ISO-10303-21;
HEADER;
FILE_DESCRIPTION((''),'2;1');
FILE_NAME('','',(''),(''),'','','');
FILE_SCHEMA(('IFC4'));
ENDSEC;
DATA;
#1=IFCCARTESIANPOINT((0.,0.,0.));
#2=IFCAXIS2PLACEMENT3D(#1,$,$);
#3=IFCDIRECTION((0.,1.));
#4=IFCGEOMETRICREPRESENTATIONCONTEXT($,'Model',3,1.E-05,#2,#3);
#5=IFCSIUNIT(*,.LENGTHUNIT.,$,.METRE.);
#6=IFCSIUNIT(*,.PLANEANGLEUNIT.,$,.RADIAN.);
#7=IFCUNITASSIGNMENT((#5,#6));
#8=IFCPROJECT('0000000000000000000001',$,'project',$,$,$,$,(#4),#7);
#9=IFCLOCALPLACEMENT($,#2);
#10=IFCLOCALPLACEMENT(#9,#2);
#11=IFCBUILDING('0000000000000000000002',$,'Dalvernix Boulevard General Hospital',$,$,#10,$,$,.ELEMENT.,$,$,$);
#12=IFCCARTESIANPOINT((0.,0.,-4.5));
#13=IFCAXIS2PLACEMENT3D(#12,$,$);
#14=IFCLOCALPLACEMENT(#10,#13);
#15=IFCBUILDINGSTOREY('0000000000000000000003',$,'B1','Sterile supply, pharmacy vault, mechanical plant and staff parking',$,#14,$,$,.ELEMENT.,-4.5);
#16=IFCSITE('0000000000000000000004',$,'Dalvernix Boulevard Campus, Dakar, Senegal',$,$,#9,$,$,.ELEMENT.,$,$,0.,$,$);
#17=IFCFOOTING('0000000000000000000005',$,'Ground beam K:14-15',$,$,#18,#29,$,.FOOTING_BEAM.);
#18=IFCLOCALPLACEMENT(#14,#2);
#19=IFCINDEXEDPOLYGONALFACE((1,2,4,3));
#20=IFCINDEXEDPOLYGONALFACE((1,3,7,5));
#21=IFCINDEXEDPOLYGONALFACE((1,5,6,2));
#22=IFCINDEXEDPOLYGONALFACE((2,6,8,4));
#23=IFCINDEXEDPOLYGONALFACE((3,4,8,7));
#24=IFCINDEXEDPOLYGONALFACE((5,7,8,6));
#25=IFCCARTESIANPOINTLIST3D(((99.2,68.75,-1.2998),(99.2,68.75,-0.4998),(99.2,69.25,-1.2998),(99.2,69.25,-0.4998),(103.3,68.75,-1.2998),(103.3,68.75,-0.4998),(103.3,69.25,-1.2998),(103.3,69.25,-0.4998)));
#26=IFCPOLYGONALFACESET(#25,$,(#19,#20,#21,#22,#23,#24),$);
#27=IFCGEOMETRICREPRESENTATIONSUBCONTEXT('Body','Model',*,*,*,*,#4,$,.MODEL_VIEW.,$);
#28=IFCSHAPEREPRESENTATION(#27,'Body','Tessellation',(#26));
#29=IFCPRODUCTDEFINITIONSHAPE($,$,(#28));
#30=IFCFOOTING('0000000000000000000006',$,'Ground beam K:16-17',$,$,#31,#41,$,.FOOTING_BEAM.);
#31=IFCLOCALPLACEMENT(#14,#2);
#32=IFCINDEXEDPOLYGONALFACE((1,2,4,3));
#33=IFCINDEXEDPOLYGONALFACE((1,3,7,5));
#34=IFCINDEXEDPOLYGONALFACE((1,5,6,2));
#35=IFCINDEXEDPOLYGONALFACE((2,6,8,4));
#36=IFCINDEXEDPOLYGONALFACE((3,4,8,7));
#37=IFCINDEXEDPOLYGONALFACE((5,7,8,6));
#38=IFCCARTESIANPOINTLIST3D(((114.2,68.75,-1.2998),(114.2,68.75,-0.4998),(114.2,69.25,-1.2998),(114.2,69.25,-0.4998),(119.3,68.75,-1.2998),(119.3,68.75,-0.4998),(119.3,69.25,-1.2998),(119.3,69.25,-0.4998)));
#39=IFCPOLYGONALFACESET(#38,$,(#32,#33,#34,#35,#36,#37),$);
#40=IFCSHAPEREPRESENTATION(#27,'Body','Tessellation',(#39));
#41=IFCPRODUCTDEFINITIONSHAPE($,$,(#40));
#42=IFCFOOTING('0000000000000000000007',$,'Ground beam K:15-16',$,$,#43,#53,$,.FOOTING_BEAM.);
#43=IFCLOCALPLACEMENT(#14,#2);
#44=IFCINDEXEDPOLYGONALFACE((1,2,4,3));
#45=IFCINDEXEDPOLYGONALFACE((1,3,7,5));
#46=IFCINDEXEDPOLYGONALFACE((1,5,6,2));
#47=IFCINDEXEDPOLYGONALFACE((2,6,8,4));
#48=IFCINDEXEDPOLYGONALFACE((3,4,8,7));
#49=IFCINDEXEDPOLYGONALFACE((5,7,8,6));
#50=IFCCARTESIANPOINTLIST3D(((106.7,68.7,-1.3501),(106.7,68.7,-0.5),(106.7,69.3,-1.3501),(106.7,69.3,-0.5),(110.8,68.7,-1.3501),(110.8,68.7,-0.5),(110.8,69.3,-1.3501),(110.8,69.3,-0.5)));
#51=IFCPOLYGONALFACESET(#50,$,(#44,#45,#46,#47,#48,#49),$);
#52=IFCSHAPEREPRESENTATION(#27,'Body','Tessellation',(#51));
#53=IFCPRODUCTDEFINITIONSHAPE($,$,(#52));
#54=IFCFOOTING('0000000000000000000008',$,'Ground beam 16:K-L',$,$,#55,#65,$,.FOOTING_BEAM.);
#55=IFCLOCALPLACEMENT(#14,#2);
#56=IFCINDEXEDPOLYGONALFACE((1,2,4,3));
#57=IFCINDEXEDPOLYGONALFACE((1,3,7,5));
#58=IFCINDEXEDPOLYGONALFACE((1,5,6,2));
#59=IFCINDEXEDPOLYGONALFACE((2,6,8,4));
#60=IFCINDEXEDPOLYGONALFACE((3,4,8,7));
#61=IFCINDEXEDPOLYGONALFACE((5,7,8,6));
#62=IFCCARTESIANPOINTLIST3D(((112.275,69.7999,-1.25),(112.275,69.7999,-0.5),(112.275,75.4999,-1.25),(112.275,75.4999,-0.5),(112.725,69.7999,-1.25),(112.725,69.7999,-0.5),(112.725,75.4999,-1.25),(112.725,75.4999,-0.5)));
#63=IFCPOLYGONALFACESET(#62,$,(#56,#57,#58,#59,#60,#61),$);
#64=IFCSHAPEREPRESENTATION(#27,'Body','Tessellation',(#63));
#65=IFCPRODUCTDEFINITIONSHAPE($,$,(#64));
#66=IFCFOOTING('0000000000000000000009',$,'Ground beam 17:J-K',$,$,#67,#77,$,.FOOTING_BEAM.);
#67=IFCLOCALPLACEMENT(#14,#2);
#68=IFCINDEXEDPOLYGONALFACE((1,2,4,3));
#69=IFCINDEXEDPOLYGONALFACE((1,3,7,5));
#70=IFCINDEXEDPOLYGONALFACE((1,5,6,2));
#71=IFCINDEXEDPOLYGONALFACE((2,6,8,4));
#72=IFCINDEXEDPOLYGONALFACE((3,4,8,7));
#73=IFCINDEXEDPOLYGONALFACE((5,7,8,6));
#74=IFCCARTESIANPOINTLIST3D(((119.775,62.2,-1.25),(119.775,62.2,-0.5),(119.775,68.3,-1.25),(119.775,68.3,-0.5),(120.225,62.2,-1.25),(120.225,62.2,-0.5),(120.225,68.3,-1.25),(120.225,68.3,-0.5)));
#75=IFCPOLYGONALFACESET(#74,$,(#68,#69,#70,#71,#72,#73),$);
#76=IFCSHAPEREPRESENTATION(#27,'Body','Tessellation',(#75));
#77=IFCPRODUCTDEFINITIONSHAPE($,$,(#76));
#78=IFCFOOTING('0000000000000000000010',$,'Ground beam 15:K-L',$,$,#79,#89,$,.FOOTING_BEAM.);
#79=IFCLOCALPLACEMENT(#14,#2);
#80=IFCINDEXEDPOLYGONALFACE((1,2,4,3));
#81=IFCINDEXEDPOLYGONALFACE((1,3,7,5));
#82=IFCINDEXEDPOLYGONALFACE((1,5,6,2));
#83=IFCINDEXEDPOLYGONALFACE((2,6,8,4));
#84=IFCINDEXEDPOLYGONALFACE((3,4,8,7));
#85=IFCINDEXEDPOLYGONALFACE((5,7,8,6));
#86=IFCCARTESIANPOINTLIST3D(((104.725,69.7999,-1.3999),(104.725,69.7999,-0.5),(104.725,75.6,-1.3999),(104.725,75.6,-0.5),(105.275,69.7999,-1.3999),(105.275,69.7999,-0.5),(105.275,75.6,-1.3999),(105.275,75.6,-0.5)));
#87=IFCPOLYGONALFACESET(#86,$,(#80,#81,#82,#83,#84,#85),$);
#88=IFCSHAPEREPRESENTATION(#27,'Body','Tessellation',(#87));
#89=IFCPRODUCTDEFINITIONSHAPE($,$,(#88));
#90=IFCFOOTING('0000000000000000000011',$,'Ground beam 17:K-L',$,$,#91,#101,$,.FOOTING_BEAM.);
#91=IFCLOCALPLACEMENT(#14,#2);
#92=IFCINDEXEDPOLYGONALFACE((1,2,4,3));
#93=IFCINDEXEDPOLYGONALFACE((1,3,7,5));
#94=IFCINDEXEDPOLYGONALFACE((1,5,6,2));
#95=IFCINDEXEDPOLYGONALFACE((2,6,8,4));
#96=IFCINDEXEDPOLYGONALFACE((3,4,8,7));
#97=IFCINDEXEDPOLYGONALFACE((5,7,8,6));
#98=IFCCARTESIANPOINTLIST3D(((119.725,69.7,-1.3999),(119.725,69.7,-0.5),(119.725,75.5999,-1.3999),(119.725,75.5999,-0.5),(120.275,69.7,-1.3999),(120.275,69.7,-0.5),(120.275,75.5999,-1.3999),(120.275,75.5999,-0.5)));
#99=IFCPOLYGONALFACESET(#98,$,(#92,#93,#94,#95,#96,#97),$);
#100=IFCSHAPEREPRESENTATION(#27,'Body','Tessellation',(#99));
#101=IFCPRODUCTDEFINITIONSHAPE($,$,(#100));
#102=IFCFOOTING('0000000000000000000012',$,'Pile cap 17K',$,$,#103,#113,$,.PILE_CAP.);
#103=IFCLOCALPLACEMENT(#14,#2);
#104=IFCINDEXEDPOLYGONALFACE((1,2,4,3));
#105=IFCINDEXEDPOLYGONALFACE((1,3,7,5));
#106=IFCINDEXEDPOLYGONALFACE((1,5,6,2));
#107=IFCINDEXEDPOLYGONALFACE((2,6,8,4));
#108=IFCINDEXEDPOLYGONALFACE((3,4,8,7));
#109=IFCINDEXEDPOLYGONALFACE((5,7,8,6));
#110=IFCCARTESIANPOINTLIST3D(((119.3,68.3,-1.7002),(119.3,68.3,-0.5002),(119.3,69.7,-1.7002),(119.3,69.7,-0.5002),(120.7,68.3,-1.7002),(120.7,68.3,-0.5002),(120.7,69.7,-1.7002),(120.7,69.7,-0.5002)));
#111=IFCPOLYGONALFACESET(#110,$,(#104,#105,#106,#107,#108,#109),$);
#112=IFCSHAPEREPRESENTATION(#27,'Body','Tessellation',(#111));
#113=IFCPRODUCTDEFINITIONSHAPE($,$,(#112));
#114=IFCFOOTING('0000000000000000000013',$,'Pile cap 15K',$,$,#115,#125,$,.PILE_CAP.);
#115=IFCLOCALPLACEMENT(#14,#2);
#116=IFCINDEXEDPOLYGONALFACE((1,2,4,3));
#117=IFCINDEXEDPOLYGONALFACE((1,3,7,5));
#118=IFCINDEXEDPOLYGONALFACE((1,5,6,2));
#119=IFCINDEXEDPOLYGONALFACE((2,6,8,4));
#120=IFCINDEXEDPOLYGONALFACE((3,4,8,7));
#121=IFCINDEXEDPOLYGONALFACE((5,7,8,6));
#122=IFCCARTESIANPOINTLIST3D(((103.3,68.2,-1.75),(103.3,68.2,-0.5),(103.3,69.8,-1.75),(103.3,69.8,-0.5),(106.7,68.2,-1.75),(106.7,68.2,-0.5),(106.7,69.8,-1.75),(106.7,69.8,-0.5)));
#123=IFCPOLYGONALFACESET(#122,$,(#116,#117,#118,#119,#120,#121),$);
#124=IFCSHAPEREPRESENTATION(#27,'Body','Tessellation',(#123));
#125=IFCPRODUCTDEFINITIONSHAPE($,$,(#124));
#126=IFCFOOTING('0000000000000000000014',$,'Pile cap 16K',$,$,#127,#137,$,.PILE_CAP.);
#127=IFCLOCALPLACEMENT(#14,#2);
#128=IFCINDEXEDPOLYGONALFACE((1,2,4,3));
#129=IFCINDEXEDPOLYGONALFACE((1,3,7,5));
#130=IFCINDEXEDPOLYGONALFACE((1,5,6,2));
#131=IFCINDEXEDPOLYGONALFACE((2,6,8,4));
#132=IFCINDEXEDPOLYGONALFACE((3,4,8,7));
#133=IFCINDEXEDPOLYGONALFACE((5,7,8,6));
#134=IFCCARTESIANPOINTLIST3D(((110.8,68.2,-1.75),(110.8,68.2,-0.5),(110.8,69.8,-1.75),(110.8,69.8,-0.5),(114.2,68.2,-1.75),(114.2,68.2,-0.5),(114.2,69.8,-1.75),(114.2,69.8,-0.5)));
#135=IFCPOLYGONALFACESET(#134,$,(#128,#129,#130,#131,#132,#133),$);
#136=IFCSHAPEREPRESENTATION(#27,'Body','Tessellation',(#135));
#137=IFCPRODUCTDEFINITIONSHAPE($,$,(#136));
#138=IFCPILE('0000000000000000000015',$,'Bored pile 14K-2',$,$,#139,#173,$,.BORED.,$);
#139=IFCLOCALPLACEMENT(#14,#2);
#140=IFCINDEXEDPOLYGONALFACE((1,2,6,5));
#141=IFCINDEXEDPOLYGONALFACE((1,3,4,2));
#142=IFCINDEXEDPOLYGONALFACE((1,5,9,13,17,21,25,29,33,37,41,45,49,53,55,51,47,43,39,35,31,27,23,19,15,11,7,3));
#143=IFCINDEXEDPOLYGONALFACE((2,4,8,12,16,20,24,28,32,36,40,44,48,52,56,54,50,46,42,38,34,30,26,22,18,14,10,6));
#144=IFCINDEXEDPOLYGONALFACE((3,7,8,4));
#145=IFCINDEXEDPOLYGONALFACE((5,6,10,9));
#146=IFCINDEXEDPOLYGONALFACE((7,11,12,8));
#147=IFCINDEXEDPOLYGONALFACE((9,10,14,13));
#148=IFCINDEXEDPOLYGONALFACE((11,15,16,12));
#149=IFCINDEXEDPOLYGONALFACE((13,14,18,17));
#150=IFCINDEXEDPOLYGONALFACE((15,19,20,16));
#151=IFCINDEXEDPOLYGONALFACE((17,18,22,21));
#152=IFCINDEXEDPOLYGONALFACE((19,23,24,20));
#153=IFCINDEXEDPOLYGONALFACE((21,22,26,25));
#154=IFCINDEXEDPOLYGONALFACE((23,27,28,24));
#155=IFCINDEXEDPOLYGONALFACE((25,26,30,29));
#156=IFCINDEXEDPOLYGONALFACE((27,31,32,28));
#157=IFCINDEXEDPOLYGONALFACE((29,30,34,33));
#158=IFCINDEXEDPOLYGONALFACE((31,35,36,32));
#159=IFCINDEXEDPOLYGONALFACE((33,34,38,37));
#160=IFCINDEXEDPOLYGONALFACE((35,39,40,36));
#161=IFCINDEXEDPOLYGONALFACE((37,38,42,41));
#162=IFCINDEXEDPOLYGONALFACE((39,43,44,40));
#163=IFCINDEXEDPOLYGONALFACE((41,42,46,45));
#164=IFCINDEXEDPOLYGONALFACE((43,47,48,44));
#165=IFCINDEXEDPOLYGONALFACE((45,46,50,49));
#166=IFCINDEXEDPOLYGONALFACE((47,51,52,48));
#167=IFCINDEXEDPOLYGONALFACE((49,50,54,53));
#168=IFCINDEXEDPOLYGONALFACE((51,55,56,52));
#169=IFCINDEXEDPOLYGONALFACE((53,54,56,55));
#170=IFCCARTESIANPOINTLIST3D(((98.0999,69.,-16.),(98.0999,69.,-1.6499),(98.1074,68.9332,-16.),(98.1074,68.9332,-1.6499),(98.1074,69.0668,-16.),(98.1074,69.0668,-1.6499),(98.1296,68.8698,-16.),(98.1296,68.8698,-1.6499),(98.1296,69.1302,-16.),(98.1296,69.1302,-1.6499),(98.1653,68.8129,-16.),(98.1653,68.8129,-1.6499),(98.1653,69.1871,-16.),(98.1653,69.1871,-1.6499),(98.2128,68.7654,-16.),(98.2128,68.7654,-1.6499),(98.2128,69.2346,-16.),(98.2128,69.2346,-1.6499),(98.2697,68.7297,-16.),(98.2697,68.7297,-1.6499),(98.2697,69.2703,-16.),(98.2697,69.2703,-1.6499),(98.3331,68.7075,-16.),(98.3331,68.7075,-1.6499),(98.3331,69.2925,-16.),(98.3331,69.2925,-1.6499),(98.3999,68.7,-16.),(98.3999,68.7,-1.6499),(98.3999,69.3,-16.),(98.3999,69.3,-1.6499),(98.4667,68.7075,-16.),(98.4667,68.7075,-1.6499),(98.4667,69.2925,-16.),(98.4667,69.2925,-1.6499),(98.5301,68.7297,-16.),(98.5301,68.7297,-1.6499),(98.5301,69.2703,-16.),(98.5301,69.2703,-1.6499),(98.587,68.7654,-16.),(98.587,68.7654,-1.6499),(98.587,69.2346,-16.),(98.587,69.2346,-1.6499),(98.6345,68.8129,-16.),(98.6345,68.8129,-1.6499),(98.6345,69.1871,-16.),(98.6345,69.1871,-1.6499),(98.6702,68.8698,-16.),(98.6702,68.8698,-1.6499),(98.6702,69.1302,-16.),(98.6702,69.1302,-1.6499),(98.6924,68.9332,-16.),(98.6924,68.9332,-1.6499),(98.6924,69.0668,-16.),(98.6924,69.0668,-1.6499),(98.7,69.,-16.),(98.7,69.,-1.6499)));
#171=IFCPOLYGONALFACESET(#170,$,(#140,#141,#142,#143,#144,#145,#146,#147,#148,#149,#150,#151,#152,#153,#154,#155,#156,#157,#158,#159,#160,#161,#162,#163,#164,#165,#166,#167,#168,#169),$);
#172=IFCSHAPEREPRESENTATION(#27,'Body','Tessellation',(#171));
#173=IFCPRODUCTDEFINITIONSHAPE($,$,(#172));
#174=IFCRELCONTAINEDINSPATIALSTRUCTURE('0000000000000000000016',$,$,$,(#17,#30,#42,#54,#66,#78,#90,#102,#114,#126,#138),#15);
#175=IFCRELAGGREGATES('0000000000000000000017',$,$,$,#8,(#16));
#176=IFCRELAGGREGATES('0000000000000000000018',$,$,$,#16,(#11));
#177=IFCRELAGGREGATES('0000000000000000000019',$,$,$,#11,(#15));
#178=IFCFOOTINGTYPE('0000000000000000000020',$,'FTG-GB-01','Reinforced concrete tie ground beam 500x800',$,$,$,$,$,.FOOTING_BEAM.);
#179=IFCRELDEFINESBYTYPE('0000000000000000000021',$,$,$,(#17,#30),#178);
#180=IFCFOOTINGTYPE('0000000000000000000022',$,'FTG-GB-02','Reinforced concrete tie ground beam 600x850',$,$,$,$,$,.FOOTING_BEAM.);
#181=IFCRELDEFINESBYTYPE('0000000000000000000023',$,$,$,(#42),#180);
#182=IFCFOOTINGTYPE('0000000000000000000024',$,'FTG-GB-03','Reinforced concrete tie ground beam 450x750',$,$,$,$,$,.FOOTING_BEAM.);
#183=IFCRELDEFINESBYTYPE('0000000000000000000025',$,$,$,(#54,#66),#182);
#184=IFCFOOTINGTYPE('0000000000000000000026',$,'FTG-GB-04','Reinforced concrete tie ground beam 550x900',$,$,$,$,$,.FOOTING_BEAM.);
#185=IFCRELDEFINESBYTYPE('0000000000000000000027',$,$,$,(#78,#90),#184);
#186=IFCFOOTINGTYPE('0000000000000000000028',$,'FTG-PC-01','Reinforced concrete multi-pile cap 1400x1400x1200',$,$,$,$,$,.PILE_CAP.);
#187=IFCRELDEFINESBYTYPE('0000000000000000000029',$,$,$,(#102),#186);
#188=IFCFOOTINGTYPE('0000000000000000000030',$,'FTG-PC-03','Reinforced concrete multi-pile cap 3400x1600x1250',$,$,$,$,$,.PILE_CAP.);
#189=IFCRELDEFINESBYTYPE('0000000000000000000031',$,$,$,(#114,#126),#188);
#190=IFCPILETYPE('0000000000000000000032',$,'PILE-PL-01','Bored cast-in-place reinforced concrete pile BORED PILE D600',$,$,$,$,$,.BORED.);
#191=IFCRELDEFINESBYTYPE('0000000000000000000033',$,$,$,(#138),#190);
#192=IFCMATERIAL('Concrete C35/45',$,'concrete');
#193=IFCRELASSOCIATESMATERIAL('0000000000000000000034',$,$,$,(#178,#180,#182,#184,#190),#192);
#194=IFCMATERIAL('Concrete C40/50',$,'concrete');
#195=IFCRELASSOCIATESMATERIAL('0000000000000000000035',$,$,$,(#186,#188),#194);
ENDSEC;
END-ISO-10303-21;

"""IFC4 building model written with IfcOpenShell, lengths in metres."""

from ifc_helpers import new_model, si_unit, direction, frame, origin, origin_2d, place, context, subcontext, project, spatial, rectangle, circle, extrude, material, material_profile, profile_set, type_object, element, save


model = new_model("IFC4")

# Units and contexts
model_context = context("Model", 3, precision=1e-05, world=origin(), true_north=direction((0.0, 1.0)))
body_context = subcontext(model_context, "Body", "Model", "MODEL_VIEW")
ifc_project = project(units=[si_unit("LENGTHUNIT", "METRE"), si_unit("PLANEANGLEUNIT", "RADIAN")], contexts=[model_context])

# Site, building, storey
site_placement = place(None, origin())
site = spatial("IfcSite", under=ifc_project, at=site_placement, Name="Dalvernix Boulevard Campus, Dakar, Senegal", CompositionType="ELEMENT", RefElevation=0.0)
building_placement = place(site_placement, origin())
building = spatial("IfcBuilding", under=site, at=building_placement, Name="Dalvernix Boulevard General Hospital", CompositionType="ELEMENT")
storey_placement = place(building_placement, frame((0.0, 0.0, -4.5)))
storey = spatial("IfcBuildingStorey", under=building, at=storey_placement, Name="B1", Description="Sterile supply, pharmacy vault, mechanical plant and staff parking", CompositionType="ELEMENT", Elevation=-4.5)

# Footings
ifc_material_1 = material(Name="Concrete C35/45", Category="concrete")
footing_type_1 = type_object("IfcFootingType", Name="FTG-GB-01", Description="Reinforced concrete tie ground beam 500x800", PredefinedType="FOOTING_BEAM", material=ifc_material_1)
footing_1_placement = place(storey_placement, frame((101.25, 69.0, -1.2998), z_axis=(0.0, 0.0, 1.0), x_axis=(1.0, 0.0, 0.0)))
element("IfcFooting", 1, at=footing_1_placement, inside=storey, type_object=footing_type_1, Name="Ground beam K:14-15", PredefinedType="FOOTING_BEAM", context=body_context, shape_type="SweptSolid", body=[
    extrude(rectangle(XDim=4.1001, YDim=0.5, at=origin_2d()), origin(), (0.0, 0.0, 1.0), 0.8),
])
footing_2_placement = place(storey_placement, frame((116.75, 69.0, -1.2998), z_axis=(0.0, 0.0, 1.0), x_axis=(1.0, 0.0, 0.0)))
element("IfcFooting", 2, at=footing_2_placement, inside=storey, type_object=footing_type_1, Name="Ground beam K:16-17", PredefinedType="FOOTING_BEAM", context=body_context, shape_type="SweptSolid", body=[
    extrude(rectangle(XDim=5.1001, YDim=0.5, at=origin_2d()), origin(), (0.0, 0.0, 1.0), 0.8),
])
footing_type_2 = type_object("IfcFootingType", Name="FTG-GB-02", Description="Reinforced concrete tie ground beam 600x850", PredefinedType="FOOTING_BEAM", material=ifc_material_1)
footing_3_placement = place(storey_placement, frame((108.75, 69.0, -1.3501), z_axis=(0.0, 0.0, 1.0), x_axis=(1.0, 0.0, 0.0)))
element("IfcFooting", 3, at=footing_3_placement, inside=storey, type_object=footing_type_2, Name="Ground beam K:15-16", PredefinedType="FOOTING_BEAM", context=body_context, shape_type="SweptSolid", body=[
    extrude(rectangle(XDim=4.1001, YDim=0.6001, at=origin_2d()), origin(), (0.0, 0.0, 1.0), 0.8501),
])
footing_type_3 = type_object("IfcFootingType", Name="FTG-GB-03", Description="Reinforced concrete tie ground beam 450x750", PredefinedType="FOOTING_BEAM", material=ifc_material_1)
footing_4_placement = place(storey_placement, frame((112.5, 72.6499, -1.25), z_axis=(0.0, 0.0, 1.0), x_axis=(0.0, 1.0, 0.0)))
element("IfcFooting", 4, at=footing_4_placement, inside=storey, type_object=footing_type_3, Name="Ground beam 16:K-L", PredefinedType="FOOTING_BEAM", context=body_context, shape_type="SweptSolid", body=[
    extrude(rectangle(XDim=5.7, YDim=0.45, at=origin_2d()), origin(), (0.0, 0.0, 1.0), 0.75),
])
footing_5_placement = place(storey_placement, frame((120.0, 65.25, -1.25), z_axis=(0.0, 0.0, 1.0), x_axis=(0.0, 1.0, 0.0)))
element("IfcFooting", 5, at=footing_5_placement, inside=storey, type_object=footing_type_3, Name="Ground beam 17:J-K", PredefinedType="FOOTING_BEAM", context=body_context, shape_type="SweptSolid", body=[
    extrude(rectangle(XDim=6.1001, YDim=0.45, at=origin_2d()), origin(), (0.0, 0.0, 1.0), 0.75),
])
footing_type_4 = type_object("IfcFootingType", Name="FTG-GB-04", Description="Reinforced concrete tie ground beam 550x900", PredefinedType="FOOTING_BEAM", material=ifc_material_1)
footing_6_placement = place(storey_placement, frame((105.0, 72.7, -1.3999), z_axis=(0.0, 0.0, 1.0), x_axis=(0.0, 1.0, 0.0)))
element("IfcFooting", 6, at=footing_6_placement, inside=storey, type_object=footing_type_4, Name="Ground beam 15:K-L", PredefinedType="FOOTING_BEAM", context=body_context, shape_type="SweptSolid", body=[
    extrude(rectangle(XDim=5.8, YDim=0.55, at=origin_2d()), origin(), (0.0, 0.0, 1.0), 0.8999),
])
footing_7_placement = place(storey_placement, frame((120.0, 72.6499, -1.3999), z_axis=(0.0, 0.0, 1.0), x_axis=(0.0, 1.0, 0.0)))
element("IfcFooting", 7, at=footing_7_placement, inside=storey, type_object=footing_type_4, Name="Ground beam 17:K-L", PredefinedType="FOOTING_BEAM", context=body_context, shape_type="SweptSolid", body=[
    extrude(rectangle(XDim=5.8999, YDim=0.55, at=origin_2d()), origin(), (0.0, 0.0, 1.0), 0.8999),
])
ifc_material_2 = material(Name="Concrete C40/50", Category="concrete")
footing_type_5 = type_object("IfcFootingType", Name="FTG-PC-01", Description="Reinforced concrete multi-pile cap 1400x1400x1200", PredefinedType="PILE_CAP", material=ifc_material_2)
footing_8_placement = place(storey_placement, frame((120.0, 69.0, -1.7002), z_axis=(0.0, 0.0, 1.0), x_axis=(1.0, 0.0, 0.0)))
element("IfcFooting", 8, at=footing_8_placement, inside=storey, type_object=footing_type_5, Name="Pile cap 17K", PredefinedType="PILE_CAP", context=body_context, shape_type="SweptSolid", body=[
    extrude(rectangle(XDim=1.3999, YDim=1.3999, at=origin_2d()), origin(), (0.0, 0.0, 1.0), 1.2),
])
footing_type_6 = type_object("IfcFootingType", Name="FTG-PC-03", Description="Reinforced concrete multi-pile cap 3400x1600x1250", PredefinedType="PILE_CAP", material=ifc_material_2)
for number, where, z_axis, x_axis, name in (
    (9, (105.0, 69.0, -1.75), (0.0, 0.0, 1.0), (1.0, 0.0, 0.0), "Pile cap 15K"),
    (10, (112.5, 69.0, -1.75), (0.0, 0.0, 1.0), (1.0, 0.0, 0.0), "Pile cap 16K"),
):
    element("IfcFooting", number, at=place(storey_placement, frame(where, z_axis=z_axis, x_axis=x_axis)), inside=storey, type_object=footing_type_6, Name=name, PredefinedType="PILE_CAP", context=body_context, shape_type="SweptSolid", body=[
        extrude(rectangle(XDim=3.3999, YDim=1.6001, at=origin_2d()), origin(), (0.0, 0.0, 1.0), 1.25),
    ])

# Pile
ifc_material_profile_1 = material_profile(ifc_material_1, circle(Radius=0.3, at=origin_2d()), Name="BORED PILE D600")
ifc_profile_set_1 = profile_set([ifc_material_profile_1], Name="Concrete C35/45")
pile_type = type_object("IfcPileType", Name="PILE-PL-01", Description="Bored cast-in-place reinforced concrete pile BORED PILE D600", PredefinedType="BORED", material=ifc_profile_set_1)
for number, where, z_axis, x_axis, name in (
    (11, (98.3999, 69.0, -1.6499), (0.0, 0.0, -1.0), (1.0, 0.0, 0.0), "Bored pile 14K-2"),
):
    element("IfcPile", number, at=place(storey_placement, frame(where, z_axis=z_axis, x_axis=x_axis)), inside=storey, type_object=pile_type, Name=name, PredefinedType="BORED", context=body_context, shape_type="SweptSolid", body=[
        extrude(circle(Radius=0.3, at=origin_2d()), origin(), (0.0, 0.0, 1.0), 14.3501),
    ])

save(model, "model.ifc")
